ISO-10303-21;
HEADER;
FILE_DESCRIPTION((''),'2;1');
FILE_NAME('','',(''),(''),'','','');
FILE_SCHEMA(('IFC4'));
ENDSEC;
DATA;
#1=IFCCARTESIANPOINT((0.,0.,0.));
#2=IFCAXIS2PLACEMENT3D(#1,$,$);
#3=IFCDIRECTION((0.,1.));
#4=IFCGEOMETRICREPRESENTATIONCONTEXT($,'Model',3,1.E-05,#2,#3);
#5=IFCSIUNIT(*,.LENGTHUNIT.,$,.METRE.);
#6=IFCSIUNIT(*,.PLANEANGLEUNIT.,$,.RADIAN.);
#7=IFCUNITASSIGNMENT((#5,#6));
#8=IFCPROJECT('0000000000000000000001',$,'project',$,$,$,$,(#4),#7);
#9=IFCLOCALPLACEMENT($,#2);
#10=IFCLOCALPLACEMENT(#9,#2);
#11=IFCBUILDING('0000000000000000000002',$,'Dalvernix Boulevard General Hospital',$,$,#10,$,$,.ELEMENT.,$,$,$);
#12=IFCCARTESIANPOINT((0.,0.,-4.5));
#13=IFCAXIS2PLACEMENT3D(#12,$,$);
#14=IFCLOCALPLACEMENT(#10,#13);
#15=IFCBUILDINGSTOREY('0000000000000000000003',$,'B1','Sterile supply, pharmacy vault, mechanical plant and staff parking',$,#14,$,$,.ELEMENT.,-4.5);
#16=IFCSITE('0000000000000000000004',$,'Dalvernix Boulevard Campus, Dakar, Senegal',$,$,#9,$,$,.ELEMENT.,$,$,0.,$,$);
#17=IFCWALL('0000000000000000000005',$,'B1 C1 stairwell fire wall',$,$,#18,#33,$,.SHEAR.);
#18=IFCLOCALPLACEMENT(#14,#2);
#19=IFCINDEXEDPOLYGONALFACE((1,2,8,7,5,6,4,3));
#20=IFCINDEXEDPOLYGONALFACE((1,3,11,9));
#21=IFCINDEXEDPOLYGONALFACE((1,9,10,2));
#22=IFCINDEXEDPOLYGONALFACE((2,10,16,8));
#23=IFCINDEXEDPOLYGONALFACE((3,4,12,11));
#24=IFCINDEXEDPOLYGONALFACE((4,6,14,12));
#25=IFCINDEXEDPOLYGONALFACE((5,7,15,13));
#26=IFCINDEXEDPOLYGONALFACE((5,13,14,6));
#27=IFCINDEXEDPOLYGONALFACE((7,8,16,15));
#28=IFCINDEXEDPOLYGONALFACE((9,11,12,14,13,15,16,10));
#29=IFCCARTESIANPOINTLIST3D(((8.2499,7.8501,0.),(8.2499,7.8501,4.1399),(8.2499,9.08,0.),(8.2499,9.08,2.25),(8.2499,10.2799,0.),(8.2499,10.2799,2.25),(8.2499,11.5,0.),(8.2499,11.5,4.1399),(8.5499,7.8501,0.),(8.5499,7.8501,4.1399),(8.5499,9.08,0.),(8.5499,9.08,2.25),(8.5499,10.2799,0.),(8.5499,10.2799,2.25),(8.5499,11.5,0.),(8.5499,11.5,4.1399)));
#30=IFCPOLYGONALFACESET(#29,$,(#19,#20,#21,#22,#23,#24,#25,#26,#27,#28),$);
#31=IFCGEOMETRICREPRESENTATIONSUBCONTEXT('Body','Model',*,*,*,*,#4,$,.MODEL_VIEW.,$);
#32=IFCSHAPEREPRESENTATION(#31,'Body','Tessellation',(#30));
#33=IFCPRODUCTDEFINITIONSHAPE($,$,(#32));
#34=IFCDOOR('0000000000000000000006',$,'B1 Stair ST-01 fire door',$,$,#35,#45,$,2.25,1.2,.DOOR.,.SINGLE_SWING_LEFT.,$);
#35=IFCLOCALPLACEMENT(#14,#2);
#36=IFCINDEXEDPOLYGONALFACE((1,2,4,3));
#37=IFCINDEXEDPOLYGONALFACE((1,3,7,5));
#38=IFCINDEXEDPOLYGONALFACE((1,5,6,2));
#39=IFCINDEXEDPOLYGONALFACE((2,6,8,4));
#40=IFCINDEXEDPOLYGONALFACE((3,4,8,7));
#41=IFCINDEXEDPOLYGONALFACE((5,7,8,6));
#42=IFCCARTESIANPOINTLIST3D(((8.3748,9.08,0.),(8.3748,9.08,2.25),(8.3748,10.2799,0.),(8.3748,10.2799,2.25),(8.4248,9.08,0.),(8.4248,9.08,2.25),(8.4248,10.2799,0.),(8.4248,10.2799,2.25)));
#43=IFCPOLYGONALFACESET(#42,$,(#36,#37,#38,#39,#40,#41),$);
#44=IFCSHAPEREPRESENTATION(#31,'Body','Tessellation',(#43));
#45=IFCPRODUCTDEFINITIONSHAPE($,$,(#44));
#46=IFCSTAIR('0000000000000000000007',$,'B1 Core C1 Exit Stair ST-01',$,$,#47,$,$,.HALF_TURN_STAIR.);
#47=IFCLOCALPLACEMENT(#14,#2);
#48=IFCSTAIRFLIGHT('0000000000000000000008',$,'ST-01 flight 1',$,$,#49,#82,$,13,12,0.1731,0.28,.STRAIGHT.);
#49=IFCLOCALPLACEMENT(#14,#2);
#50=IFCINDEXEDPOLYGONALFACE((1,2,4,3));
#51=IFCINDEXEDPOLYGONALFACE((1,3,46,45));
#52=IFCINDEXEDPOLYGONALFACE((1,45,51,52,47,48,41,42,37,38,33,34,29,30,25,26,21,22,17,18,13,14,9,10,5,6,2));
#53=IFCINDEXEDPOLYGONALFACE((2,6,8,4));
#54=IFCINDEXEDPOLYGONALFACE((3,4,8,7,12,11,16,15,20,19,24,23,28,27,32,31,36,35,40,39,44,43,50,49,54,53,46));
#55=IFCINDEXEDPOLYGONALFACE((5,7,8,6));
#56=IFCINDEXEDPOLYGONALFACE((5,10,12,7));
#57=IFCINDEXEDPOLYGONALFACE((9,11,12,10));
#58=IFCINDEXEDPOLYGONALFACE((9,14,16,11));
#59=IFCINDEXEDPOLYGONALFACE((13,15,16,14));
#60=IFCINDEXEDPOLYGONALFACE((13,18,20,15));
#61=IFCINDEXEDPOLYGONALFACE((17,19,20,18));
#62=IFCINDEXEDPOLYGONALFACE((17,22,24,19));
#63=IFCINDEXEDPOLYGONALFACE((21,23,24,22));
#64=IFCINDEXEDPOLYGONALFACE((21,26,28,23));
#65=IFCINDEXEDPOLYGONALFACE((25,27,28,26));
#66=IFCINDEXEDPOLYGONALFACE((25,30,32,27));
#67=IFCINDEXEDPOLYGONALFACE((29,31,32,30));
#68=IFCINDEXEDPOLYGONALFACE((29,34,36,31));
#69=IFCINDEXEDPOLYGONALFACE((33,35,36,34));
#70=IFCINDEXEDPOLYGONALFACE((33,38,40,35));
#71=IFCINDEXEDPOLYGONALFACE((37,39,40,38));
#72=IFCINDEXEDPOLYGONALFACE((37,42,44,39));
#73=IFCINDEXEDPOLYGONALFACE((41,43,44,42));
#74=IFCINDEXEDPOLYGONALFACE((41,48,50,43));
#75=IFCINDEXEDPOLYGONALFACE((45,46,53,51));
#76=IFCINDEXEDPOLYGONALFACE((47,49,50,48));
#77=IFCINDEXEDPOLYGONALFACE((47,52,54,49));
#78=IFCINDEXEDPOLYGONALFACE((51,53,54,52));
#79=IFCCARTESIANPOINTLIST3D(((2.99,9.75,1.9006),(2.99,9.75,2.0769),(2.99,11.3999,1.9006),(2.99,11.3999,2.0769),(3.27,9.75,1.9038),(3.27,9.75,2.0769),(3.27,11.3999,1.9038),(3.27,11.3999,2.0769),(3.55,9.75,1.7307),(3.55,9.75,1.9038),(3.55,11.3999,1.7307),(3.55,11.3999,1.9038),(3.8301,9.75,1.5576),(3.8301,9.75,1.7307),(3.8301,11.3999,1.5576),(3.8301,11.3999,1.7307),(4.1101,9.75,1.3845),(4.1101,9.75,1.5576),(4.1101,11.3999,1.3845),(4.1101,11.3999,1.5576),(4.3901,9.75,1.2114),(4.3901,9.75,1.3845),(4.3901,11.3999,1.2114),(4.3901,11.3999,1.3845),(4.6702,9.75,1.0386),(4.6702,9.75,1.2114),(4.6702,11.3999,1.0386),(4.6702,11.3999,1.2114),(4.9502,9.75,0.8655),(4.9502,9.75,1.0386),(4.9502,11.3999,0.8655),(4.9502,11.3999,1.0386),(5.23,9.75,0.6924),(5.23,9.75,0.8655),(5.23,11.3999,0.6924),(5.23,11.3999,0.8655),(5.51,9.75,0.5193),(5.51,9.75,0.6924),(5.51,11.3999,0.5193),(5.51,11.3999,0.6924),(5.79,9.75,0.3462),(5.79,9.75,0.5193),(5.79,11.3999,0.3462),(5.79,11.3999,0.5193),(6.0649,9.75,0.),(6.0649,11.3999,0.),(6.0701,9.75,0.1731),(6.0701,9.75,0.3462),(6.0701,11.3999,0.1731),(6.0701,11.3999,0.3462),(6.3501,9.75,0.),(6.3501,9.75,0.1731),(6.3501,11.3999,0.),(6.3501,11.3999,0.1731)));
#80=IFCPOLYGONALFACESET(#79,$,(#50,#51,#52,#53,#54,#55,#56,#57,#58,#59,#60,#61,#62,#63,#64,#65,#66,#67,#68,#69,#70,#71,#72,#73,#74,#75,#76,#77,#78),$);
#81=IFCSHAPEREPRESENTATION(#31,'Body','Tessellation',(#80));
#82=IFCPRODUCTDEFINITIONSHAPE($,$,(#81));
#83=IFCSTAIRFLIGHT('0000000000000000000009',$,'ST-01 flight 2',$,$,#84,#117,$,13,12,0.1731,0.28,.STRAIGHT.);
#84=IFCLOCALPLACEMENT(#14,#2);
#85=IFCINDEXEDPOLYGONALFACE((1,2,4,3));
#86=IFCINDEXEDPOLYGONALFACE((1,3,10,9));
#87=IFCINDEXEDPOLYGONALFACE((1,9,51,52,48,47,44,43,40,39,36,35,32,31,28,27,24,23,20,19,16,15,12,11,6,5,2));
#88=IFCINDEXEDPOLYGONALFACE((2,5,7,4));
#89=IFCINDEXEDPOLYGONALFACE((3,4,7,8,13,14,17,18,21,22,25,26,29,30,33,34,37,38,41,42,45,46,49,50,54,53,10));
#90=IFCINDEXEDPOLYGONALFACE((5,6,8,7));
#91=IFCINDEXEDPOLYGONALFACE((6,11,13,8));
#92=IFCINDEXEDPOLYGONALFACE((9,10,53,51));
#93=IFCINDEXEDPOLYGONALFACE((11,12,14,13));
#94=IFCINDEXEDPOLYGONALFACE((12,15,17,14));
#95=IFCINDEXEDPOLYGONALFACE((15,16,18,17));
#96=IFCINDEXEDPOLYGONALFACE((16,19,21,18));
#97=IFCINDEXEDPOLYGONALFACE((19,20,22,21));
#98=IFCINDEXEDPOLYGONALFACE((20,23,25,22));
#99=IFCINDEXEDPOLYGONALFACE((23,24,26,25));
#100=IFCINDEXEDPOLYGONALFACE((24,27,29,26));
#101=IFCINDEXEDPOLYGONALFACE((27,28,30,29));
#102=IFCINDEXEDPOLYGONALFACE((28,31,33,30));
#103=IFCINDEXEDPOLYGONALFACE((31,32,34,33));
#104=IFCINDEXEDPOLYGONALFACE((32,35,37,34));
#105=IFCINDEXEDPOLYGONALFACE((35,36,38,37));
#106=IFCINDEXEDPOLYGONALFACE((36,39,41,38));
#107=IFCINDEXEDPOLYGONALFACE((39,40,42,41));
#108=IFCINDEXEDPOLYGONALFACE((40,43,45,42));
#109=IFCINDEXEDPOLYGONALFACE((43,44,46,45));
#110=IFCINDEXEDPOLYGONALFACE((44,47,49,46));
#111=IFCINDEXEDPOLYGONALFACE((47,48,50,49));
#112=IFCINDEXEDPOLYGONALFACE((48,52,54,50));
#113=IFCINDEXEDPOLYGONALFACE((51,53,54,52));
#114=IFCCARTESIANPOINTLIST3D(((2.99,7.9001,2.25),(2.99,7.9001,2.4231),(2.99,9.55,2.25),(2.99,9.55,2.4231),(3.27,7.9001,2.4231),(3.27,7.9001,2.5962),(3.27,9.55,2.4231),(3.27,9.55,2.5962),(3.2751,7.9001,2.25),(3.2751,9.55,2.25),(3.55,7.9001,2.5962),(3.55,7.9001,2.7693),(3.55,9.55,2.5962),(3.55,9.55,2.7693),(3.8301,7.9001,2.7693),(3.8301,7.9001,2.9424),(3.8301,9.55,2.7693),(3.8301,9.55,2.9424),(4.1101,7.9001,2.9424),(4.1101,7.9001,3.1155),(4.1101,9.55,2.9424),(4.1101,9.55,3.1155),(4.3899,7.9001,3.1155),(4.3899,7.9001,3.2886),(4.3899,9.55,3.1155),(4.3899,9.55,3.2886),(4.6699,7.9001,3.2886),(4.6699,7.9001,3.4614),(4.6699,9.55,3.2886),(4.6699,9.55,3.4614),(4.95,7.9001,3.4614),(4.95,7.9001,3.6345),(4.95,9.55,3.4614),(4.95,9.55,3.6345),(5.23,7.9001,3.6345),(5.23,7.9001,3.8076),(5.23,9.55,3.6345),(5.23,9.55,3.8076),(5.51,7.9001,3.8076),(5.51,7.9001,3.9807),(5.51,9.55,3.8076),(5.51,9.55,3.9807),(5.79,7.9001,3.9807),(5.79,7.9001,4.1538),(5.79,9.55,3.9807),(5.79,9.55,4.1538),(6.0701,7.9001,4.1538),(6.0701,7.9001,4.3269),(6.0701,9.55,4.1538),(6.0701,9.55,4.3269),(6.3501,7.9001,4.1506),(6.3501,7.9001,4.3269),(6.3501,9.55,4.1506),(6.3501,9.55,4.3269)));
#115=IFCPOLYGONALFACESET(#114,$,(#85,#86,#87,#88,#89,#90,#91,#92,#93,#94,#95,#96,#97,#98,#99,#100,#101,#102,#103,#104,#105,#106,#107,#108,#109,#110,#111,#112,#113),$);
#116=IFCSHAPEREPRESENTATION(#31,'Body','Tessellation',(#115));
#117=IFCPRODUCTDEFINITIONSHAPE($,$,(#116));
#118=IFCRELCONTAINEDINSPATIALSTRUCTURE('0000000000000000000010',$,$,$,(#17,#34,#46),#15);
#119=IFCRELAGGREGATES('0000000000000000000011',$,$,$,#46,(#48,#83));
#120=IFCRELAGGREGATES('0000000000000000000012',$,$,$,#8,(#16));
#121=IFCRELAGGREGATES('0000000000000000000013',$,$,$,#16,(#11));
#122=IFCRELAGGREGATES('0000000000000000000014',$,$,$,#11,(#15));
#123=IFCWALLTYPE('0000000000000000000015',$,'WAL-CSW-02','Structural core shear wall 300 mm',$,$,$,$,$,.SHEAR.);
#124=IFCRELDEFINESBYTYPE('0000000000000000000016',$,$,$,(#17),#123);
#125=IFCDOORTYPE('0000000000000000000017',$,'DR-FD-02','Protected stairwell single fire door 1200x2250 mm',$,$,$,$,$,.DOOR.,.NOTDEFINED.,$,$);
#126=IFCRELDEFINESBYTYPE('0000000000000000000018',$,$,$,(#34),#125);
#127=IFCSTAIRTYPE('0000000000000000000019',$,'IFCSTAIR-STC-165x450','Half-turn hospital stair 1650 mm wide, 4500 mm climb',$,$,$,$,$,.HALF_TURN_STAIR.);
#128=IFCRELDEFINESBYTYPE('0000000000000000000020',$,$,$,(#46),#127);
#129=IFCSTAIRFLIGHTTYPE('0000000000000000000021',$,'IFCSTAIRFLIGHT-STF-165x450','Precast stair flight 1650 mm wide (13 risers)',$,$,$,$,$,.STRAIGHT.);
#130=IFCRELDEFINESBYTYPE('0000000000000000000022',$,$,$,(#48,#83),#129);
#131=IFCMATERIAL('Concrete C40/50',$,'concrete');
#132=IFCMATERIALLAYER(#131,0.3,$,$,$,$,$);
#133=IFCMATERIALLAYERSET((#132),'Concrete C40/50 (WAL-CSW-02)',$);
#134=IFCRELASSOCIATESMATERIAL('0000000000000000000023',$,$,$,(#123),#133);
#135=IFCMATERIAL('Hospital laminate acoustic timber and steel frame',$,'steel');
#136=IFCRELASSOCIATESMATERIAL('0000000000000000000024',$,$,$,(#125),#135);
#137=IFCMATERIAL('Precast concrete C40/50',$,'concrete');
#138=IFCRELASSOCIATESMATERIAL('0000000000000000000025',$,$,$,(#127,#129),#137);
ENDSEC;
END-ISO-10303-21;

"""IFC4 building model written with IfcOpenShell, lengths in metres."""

from ifc_helpers import new_model, si_unit, direction, frame, frame_2d, origin, place, context, subcontext, project, spatial, polyline, rectangle, outline, extrude, material, layer, layer_set, type_object, element, fill, aggregate, save


model = new_model("IFC4")

# Units and contexts
model_context = context("Model", 3, precision=1e-05, world=origin(), true_north=direction((0.0, 1.0)))
body_context = subcontext(model_context, "Body", "Model", "MODEL_VIEW")
ifc_project = project(units=[si_unit("LENGTHUNIT", "METRE"), si_unit("PLANEANGLEUNIT", "RADIAN")], contexts=[model_context])

# Site, building, storey
site_placement = place(None, origin())
site = spatial("IfcSite", under=ifc_project, at=site_placement, Name="Dalvernix Boulevard Campus, Dakar, Senegal", CompositionType="ELEMENT", RefElevation=0.0)
building_placement = place(site_placement, origin())
building = spatial("IfcBuilding", under=site, at=building_placement, Name="Dalvernix Boulevard General Hospital", CompositionType="ELEMENT")
storey_placement = place(building_placement, frame((0.0, 0.0, -4.5)))
storey = spatial("IfcBuildingStorey", under=building, at=storey_placement, Name="B1", Description="Sterile supply, pharmacy vault, mechanical plant and staff parking", CompositionType="ELEMENT", Elevation=-4.5)

# Shared definitions
ifc_material_1 = material(Name="Concrete C40/50", Category="concrete")

# Shared definitions
ifc_material_2 = material(Name="Hospital laminate acoustic timber and steel frame", Category="steel")

# Shared definitions
ifc_layer_1 = layer(ifc_material_1, 0.3)
ifc_layer_set_1 = layer_set([ifc_layer_1], Name="Concrete C40/50 (WAL-CSW-02)")
wall_type_1 = type_object("IfcWallType", Name="WAL-CSW-02", Description="Structural core shear wall 300 mm", PredefinedType="SHEAR", material=ifc_layer_set_1)

# Wall, opening, door
wall_1_placement = place(storey_placement, frame((8.3999, 11.5, 0.0), z_axis=(0.0, 0.0, 1.0), x_axis=(0.0, -1.0, 0.0)))
wall_1 = element("IfcWall", 1, at=wall_1_placement, inside=storey, type_object=wall_type_1, Name="B1 C1 stairwell fire wall", PredefinedType="SHEAR", context=body_context, shape_type="SweptSolid", body=[
    extrude(rectangle(XDim=3.6499, YDim=0.3, at=frame_2d((1.825, 0.0))), origin(), (0.0, 0.0, 1.0), 4.1399),
])
opening_1_placement = place(wall_1_placement, frame((1.22, 0.0, 0.0)))
opening_1 = element("IfcOpeningElement", 2, at=opening_1_placement, cuts=wall_1, PredefinedType="OPENING", context=body_context, shape_type="SweptSolid", body=[
    extrude(rectangle(XDim=1.2, YDim=2.25, at=frame_2d((0.6001, 1.125))), frame((0.0, 0.1599, 0.0), z_axis=(0.0, -1.0, 0.0), x_axis=(1.0, 0.0, 0.0)), (0.0, 0.0, 1.0), 0.3201),
])
door_type_1 = type_object("IfcDoorType", Name="DR-FD-02", Description="Protected stairwell single fire door 1200x2250 mm", OperationType="NOTDEFINED", PredefinedType="DOOR", material=ifc_material_2)
door_1_placement = place(opening_1_placement, origin())
door_1 = element("IfcDoor", 3, at=door_1_placement, inside=storey, type_object=door_type_1, Name="B1 Stair ST-01 fire door", OperationType="SINGLE_SWING_LEFT", OverallHeight=2.25, OverallWidth=1.2, PredefinedType="DOOR", context=body_context, shape_type="SweptSolid", body=[
    extrude(rectangle(XDim=1.2, YDim=2.25, at=frame_2d((0.6001, 1.125))), frame((0.0, 0.0249, 0.0), z_axis=(0.0, -1.0, 0.0), x_axis=(1.0, 0.0, 0.0)), (0.0, 0.0, 1.0), 0.05),
])
fill(opening_1, door_1)

# Stair, stair flights
ifc_material_3 = material(Name="Precast concrete C40/50", Category="concrete")
stair_type = type_object("IfcStairType", Name="IFCSTAIR-STC-165x450", Description="Half-turn hospital stair 1650 mm wide, 4500 mm climb", PredefinedType="HALF_TURN_STAIR", material=ifc_material_3)
stair_placement = place(storey_placement, origin())
stair = element("IfcStair", 4, at=stair_placement, inside=storey, type_object=stair_type, Name="B1 Core C1 Exit Stair ST-01", PredefinedType="HALF_TURN_STAIR")
stair_flight_type = type_object("IfcStairFlightType", Name="IFCSTAIRFLIGHT-STF-165x450", Description="Precast stair flight 1650 mm wide (13 risers)", PredefinedType="STRAIGHT", material=ifc_material_3)
stair_flight_1_placement = place(storey_placement, frame((6.3501, 10.575, 0.0), z_axis=(0.0, 0.0, 1.0), x_axis=(-1.0, 0.0, 0.0)))
stair_flight_1 = element("IfcStairFlight", 5, at=stair_flight_1_placement, type_object=stair_flight_type, Name="ST-01 flight 1", NumberOfRisers=13, NumberOfTreads=12, PredefinedType="STRAIGHT", RiserHeight=0.1731, TreadLength=0.28, context=body_context, shape_type="SweptSolid", body=[
    extrude(outline(polyline([(0.0, 0.0), (0.0, 0.1731), (0.28, 0.1731), (0.28, 0.3462), (0.5601, 0.3462), (0.5601, 0.5193), (0.8401, 0.5193), (0.8401, 0.6924), (1.1201, 0.6924), (1.1201, 0.8655), (1.3999, 0.8655), (1.3999, 1.0386), (1.6799, 1.0386), (1.6799, 1.2114), (1.96, 1.2114), (1.96, 1.3845), (2.24, 1.3845), (2.24, 1.5576), (2.52, 1.5576), (2.52, 1.7307), (2.8, 1.7307), (2.8, 1.9038), (3.0801, 1.9038), (3.0801, 2.0769), (3.3601, 2.0769), (3.3601, 2.25), (3.3601, 1.9006), (0.2852, 0.0), (0.0, 0.0)])), frame((0.0, 0.825, 0.0), z_axis=(0.0, -1.0, 0.0), x_axis=(1.0, 0.0, 0.0)), (0.0, 0.0, 1.0), 1.6499),
])
stair_flight_2_placement = place(storey_placement, frame((2.99, 8.7251, 2.25), z_axis=(0.0, 0.0, 1.0), x_axis=(1.0, 0.0, 0.0)))
stair_flight_2 = element("IfcStairFlight", 6, at=stair_flight_2_placement, type_object=stair_flight_type, Name="ST-01 flight 2", NumberOfRisers=13, NumberOfTreads=12, PredefinedType="STRAIGHT", RiserHeight=0.1731, TreadLength=0.28, context=body_context, shape_type="SweptSolid", body=[
    extrude(outline(polyline([(0.0, 0.0), (0.0, 0.1731), (0.28, 0.1731), (0.28, 0.3462), (0.5601, 0.3462), (0.5601, 0.5193), (0.8401, 0.5193), (0.8401, 0.6924), (1.1201, 0.6924), (1.1201, 0.8655), (1.3999, 0.8655), (1.3999, 1.0386), (1.6799, 1.0386), (1.6799, 1.2114), (1.96, 1.2114), (1.96, 1.3845), (2.24, 1.3845), (2.24, 1.5576), (2.52, 1.5576), (2.52, 1.7307), (2.8, 1.7307), (2.8, 1.9038), (3.0801, 1.9038), (3.0801, 2.0769), (3.3601, 2.0769), (3.3601, 2.25), (3.3601, 1.9006), (0.2852, 0.0), (0.0, 0.0)])), frame((0.0, 0.825, 0.0), z_axis=(0.0, -1.0, 0.0), x_axis=(1.0, 0.0, 0.0)), (0.0, 0.0, 1.0), 1.6499),
])
aggregate(stair, [stair_flight_1, stair_flight_2])

save(model, "model.ifc")
